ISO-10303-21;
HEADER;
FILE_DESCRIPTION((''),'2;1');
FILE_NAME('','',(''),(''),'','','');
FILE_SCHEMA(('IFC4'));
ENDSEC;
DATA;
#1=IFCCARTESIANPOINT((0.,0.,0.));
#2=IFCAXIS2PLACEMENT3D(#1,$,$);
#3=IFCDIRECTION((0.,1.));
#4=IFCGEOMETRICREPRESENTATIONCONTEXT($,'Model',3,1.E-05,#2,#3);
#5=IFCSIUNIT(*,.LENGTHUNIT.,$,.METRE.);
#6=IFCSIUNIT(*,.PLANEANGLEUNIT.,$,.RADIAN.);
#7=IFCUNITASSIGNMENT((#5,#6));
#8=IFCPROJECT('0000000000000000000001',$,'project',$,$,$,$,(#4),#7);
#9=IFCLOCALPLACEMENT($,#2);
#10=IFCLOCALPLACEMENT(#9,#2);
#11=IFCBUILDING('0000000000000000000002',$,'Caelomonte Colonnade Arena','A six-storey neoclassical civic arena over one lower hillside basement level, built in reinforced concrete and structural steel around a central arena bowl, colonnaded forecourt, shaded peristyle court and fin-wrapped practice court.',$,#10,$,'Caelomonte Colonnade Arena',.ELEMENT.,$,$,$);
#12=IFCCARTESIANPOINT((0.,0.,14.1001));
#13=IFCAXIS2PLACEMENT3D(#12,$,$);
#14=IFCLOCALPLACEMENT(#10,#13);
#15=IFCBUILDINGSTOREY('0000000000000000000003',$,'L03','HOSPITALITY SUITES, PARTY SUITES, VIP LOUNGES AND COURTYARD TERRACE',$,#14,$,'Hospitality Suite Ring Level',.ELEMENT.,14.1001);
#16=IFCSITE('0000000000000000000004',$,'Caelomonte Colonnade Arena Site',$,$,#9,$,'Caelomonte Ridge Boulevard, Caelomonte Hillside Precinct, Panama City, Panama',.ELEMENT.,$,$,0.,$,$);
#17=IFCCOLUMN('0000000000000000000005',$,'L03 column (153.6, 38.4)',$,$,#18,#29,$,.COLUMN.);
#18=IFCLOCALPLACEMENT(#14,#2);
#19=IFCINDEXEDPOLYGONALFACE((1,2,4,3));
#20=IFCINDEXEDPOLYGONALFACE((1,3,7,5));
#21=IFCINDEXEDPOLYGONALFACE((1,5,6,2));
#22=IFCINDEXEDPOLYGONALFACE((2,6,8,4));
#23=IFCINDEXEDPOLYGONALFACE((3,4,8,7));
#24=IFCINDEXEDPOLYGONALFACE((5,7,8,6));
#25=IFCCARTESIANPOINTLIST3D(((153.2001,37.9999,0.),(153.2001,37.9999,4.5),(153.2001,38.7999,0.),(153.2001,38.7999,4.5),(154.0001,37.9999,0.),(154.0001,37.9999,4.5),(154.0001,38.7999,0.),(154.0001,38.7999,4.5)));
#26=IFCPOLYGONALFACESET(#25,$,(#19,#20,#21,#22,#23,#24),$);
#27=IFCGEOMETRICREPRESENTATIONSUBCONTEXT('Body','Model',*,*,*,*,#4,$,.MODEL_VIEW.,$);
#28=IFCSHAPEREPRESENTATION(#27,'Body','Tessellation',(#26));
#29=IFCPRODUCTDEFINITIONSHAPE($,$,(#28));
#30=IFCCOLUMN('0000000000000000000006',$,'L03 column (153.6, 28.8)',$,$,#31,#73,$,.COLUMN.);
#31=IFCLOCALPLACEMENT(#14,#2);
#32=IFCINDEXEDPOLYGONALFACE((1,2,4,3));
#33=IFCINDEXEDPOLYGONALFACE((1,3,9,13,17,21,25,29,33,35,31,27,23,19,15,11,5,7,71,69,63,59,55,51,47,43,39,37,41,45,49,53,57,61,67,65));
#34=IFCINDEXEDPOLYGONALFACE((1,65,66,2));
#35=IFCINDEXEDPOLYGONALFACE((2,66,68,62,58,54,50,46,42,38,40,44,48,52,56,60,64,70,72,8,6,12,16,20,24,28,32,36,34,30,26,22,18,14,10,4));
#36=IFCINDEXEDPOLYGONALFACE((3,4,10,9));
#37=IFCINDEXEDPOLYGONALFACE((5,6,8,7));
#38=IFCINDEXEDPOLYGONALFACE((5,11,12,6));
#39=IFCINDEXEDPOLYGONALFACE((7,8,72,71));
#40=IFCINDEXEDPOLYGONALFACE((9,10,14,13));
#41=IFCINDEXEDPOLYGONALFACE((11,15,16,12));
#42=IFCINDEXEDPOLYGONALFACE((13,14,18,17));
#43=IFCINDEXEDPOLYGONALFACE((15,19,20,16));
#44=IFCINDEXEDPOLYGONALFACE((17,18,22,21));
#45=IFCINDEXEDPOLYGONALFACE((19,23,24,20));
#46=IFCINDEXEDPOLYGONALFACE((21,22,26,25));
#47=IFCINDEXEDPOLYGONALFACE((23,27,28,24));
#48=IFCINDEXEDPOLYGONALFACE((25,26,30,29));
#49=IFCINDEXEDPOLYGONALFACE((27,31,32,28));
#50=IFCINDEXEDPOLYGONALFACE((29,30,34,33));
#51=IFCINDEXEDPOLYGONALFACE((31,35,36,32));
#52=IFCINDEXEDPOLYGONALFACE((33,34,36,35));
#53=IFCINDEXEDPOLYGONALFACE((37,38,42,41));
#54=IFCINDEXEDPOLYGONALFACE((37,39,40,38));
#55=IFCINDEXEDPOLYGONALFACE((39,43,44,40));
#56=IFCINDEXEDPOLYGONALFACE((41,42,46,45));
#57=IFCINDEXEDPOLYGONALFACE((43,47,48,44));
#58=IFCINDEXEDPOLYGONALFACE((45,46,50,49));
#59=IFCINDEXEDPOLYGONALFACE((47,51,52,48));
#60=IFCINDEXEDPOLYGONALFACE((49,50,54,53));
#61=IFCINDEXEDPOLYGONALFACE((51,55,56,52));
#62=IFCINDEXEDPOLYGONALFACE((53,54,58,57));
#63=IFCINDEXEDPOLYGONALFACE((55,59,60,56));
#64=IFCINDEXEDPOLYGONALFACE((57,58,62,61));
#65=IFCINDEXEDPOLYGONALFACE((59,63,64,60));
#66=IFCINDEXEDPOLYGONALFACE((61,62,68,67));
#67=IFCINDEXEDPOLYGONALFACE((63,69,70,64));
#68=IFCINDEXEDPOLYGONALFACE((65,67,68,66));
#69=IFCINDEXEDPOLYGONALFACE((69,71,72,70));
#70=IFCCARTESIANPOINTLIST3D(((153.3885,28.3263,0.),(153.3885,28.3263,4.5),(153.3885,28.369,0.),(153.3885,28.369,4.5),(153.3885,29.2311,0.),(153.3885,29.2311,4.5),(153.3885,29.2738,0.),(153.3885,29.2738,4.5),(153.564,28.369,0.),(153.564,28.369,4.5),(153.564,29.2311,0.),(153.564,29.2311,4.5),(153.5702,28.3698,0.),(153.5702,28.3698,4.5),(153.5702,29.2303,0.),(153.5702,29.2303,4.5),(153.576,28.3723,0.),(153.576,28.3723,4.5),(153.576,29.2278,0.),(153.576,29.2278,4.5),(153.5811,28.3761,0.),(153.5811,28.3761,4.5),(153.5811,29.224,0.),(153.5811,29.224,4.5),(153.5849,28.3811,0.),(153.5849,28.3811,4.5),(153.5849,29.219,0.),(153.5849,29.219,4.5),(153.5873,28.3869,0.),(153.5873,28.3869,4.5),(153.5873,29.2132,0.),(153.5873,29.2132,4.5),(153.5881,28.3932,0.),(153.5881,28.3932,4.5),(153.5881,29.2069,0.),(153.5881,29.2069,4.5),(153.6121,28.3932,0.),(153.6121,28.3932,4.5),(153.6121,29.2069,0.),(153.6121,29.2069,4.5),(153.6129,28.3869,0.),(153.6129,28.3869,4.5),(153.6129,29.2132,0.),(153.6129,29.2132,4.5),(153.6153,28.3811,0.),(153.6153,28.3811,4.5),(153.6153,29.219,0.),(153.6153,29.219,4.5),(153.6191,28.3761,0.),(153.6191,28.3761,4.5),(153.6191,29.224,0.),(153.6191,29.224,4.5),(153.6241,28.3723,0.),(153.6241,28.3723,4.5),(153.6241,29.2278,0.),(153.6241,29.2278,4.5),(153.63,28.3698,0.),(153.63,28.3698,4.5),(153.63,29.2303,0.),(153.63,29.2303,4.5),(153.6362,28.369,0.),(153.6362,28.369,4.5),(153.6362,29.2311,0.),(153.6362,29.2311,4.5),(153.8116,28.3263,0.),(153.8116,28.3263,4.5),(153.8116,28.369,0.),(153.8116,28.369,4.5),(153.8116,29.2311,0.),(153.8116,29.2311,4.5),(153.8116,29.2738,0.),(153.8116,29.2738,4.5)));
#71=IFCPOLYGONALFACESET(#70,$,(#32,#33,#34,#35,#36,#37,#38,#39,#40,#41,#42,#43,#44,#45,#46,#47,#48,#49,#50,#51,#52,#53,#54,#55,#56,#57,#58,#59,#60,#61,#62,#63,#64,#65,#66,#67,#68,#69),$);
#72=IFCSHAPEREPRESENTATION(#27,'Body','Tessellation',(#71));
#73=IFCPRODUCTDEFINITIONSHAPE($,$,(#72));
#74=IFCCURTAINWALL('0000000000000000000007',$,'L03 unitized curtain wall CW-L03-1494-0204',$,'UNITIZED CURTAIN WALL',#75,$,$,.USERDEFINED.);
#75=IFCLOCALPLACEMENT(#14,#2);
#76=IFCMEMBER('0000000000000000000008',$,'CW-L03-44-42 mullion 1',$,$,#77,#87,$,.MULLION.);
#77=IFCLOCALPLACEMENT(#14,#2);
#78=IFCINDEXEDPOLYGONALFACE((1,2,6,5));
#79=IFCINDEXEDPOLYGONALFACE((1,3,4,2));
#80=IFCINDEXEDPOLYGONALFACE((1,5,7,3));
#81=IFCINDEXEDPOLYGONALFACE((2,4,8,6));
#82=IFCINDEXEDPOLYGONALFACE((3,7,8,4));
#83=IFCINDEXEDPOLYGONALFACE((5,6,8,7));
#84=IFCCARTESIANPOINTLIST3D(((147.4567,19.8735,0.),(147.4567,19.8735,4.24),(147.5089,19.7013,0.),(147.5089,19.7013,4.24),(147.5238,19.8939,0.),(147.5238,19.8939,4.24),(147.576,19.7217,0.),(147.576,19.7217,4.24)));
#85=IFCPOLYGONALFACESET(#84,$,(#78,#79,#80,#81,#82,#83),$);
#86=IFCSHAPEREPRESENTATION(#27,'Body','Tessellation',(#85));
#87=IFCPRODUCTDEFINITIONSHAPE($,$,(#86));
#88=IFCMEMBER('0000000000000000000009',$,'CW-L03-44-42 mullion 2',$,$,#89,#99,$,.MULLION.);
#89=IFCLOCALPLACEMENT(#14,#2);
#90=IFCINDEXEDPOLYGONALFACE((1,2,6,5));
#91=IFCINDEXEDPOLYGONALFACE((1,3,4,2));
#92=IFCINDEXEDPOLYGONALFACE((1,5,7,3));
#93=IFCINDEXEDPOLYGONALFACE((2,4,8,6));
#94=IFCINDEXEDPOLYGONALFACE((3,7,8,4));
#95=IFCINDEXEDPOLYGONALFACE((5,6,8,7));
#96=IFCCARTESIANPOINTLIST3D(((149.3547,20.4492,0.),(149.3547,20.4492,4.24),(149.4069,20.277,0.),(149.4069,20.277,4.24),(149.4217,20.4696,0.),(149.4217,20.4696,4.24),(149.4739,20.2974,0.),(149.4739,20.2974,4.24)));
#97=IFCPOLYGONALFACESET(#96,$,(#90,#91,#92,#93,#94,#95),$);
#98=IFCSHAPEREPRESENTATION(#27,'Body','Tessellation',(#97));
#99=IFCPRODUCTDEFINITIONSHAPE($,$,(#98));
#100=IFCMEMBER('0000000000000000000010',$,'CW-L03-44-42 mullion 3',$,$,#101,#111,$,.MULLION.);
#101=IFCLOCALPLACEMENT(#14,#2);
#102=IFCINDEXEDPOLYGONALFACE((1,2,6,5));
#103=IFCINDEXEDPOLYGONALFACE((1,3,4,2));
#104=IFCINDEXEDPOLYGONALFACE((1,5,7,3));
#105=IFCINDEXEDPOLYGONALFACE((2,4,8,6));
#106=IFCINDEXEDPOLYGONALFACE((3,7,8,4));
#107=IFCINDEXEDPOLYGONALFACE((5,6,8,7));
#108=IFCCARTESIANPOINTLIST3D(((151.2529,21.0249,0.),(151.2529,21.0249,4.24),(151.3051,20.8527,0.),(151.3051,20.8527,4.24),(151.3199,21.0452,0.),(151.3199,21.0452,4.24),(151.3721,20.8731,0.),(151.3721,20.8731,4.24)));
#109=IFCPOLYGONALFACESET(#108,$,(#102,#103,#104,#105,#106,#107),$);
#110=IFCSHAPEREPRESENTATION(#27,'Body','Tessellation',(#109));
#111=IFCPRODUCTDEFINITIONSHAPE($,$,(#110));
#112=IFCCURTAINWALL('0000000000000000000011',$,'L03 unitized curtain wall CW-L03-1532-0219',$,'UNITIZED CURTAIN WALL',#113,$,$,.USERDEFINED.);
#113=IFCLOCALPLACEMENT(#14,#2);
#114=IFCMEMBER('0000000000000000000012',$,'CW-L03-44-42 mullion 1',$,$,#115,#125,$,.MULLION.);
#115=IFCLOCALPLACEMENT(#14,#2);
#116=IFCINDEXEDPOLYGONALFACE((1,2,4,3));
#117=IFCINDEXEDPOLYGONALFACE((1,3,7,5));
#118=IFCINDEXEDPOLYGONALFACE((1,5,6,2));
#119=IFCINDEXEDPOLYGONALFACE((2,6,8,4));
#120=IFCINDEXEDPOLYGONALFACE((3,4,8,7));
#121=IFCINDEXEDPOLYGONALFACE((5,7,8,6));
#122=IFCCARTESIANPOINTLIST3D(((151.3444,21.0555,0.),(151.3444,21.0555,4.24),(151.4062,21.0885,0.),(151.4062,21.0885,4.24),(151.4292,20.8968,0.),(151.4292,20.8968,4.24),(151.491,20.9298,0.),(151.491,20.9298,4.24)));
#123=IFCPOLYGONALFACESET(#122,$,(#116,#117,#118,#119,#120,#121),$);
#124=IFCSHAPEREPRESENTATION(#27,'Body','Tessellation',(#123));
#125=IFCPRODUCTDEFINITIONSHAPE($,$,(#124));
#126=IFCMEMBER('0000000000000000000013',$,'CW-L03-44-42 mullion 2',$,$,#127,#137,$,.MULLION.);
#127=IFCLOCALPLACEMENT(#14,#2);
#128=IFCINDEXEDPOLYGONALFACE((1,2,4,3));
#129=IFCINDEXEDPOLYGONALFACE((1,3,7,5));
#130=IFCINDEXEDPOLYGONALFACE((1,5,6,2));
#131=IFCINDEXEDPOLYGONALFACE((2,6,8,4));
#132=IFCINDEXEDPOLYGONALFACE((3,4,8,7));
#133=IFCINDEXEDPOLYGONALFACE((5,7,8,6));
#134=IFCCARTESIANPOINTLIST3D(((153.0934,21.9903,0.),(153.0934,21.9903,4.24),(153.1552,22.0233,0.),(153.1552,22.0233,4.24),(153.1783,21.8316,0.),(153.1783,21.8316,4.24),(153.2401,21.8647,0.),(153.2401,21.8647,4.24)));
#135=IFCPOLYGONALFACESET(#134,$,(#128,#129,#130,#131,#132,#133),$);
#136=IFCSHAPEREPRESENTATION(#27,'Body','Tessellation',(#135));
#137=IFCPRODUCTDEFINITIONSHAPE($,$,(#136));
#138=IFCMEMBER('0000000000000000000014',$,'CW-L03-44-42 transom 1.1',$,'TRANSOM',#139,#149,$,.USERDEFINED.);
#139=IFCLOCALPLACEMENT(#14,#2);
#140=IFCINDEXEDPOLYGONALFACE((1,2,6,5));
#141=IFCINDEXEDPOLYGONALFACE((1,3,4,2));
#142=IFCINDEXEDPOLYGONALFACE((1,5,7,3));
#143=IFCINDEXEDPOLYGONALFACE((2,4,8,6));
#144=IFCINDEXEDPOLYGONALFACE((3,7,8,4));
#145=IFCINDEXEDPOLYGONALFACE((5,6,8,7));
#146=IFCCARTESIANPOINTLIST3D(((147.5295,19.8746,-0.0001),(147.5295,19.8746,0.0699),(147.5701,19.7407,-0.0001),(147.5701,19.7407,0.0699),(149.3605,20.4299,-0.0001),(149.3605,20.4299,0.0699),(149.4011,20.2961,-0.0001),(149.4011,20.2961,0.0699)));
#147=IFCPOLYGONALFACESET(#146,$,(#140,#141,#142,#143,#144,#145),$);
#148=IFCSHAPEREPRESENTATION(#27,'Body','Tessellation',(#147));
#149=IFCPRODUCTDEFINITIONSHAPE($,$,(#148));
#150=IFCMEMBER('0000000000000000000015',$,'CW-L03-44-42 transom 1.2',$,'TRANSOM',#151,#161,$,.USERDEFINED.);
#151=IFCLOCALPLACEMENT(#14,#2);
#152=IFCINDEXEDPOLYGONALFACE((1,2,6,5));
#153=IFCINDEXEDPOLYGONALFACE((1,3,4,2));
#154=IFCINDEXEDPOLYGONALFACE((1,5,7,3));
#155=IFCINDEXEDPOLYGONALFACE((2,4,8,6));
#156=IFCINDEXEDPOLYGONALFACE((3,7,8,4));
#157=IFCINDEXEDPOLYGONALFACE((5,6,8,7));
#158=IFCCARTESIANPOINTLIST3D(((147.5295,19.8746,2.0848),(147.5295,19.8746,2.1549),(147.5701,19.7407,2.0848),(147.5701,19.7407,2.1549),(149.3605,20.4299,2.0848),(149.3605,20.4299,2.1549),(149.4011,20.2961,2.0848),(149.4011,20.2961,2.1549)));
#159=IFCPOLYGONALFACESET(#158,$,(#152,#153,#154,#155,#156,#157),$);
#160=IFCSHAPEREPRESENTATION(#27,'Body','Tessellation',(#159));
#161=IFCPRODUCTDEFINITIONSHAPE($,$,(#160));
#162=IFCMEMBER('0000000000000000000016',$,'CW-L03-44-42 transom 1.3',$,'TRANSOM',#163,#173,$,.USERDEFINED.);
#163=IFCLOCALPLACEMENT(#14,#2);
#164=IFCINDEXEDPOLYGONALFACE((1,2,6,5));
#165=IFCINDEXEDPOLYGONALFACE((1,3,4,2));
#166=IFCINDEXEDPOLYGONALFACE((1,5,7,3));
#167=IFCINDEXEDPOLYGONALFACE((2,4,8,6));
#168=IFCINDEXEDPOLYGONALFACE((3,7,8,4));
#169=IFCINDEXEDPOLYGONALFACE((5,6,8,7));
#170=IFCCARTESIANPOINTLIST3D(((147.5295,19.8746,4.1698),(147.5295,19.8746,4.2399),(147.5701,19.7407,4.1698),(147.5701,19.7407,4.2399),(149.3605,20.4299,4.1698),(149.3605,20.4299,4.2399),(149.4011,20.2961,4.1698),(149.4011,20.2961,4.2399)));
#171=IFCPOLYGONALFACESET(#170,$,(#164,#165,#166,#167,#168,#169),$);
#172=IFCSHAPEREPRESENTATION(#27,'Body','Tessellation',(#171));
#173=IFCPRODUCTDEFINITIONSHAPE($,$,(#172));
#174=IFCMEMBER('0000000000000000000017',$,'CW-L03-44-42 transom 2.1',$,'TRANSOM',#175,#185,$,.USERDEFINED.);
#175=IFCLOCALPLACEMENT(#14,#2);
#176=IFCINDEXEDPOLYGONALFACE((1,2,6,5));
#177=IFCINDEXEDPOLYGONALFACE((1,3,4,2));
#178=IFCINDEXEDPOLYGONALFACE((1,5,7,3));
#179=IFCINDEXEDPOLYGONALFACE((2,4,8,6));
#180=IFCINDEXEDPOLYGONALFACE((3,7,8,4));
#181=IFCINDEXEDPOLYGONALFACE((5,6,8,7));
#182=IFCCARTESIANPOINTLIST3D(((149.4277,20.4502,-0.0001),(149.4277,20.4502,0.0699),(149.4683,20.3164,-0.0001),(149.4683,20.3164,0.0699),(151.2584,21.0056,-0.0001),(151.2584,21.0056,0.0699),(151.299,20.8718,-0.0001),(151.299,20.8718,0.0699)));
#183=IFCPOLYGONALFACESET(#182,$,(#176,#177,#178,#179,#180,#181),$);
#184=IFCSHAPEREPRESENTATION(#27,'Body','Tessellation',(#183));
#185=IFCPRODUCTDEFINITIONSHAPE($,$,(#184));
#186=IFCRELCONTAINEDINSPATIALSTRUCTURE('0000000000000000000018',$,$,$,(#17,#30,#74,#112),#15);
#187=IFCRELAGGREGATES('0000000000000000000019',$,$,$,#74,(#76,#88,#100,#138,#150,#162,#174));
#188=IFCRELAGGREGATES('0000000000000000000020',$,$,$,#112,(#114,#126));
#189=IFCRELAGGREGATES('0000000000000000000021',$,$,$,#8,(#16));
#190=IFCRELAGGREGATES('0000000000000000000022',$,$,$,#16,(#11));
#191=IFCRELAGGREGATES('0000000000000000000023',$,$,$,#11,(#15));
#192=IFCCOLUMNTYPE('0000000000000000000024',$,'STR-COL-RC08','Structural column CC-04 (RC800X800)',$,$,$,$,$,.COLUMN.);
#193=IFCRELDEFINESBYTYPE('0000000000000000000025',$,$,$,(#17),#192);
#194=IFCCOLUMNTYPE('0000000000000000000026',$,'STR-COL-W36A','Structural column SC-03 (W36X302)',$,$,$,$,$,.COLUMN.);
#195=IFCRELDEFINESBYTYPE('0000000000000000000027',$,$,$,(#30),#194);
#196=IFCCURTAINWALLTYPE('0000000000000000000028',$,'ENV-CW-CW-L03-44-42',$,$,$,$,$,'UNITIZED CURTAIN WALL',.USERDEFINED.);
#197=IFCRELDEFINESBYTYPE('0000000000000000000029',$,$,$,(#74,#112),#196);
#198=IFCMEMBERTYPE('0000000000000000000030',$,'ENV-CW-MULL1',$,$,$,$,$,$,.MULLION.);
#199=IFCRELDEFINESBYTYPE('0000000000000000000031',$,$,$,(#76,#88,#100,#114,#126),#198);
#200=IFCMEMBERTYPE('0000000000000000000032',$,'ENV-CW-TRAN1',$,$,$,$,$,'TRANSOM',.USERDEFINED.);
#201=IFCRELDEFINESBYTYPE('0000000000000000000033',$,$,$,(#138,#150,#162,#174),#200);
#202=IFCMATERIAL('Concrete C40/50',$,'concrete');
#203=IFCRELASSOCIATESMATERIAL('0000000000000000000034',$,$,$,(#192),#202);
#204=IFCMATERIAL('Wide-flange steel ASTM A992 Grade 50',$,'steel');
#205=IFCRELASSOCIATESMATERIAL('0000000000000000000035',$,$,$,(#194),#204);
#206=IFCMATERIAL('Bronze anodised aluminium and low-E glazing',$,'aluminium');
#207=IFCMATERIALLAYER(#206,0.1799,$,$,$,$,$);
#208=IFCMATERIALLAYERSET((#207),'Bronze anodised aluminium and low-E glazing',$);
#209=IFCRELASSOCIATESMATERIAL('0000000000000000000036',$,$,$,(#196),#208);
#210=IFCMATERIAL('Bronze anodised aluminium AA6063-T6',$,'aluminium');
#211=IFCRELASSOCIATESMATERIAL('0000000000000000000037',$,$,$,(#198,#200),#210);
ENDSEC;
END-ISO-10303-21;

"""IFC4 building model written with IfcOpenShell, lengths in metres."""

from ifc_helpers import new_model, si_unit, direction, frame, origin, origin_2d, place, context, subcontext, project, spatial, rectangle, i_section, extrude, material, layer, layer_set, material_profile, profile_set, type_object, element, aggregate, save


model = new_model("IFC4")

# Units and contexts
model_context = context("Model", 3, precision=1e-05, world=origin(), true_north=direction((0.0, 1.0)))
body_context = subcontext(model_context, "Body", "Model", "MODEL_VIEW")
ifc_project = project(units=[si_unit("LENGTHUNIT", "METRE"), si_unit("PLANEANGLEUNIT", "RADIAN")], contexts=[model_context])

# Site, building, storey
site_placement = place(None, origin())
site = spatial("IfcSite", under=ifc_project, at=site_placement, Name="Caelomonte Colonnade Arena Site", LongName="Caelomonte Ridge Boulevard, Caelomonte Hillside Precinct, Panama City, Panama", CompositionType="ELEMENT", RefElevation=0.0)
building_placement = place(site_placement, origin())
building = spatial("IfcBuilding", under=site, at=building_placement, Name="Caelomonte Colonnade Arena", Description="A six-storey neoclassical civic arena over one lower hillside basement level, built in reinforced concrete and structural steel around a central arena bowl, colonnaded forecourt, shaded peristyle court and fin-wrapped practice court.", LongName="Caelomonte Colonnade Arena", CompositionType="ELEMENT")
storey_placement = place(building_placement, frame((0.0, 0.0, 14.1001)))
storey = spatial("IfcBuildingStorey", under=building, at=storey_placement, Name="L03", Description="HOSPITALITY SUITES, PARTY SUITES, VIP LOUNGES AND COURTYARD TERRACE", LongName="Hospitality Suite Ring Level", CompositionType="ELEMENT", Elevation=14.1001)

# Columns
ifc_material_1 = material(Name="Concrete C40/50", Category="concrete")
ifc_material_profile_1 = material_profile(ifc_material_1, rectangle(XDim=0.8, YDim=0.8, at=origin_2d()), Name="RC800X800")
ifc_profile_set_1 = profile_set([ifc_material_profile_1], Name="Concrete C40/50")
column_type_1 = type_object("IfcColumnType", Name="STR-COL-RC08", Description="Structural column CC-04 (RC800X800)", PredefinedType="COLUMN", material=ifc_profile_set_1)
column_1_placement = place(storey_placement, frame((153.6001, 38.3999, 0.0), z_axis=(0.0, 0.0, 1.0), x_axis=(1.0, 0.0, 0.0)))
element("IfcColumn", 1, at=column_1_placement, inside=storey, type_object=column_type_1, Name="L03 column (153.6, 38.4)", PredefinedType="COLUMN", context=body_context, shape_type="SweptSolid", body=[
    extrude(rectangle(XDim=0.8, YDim=0.8, at=origin_2d()), origin(), (0.0, 0.0, 1.0), 4.5),
])
ifc_material_2 = material(Name="Wide-flange steel ASTM A992 Grade 50", Category="steel")
ifc_material_profile_2 = material_profile(ifc_material_2, i_section(OverallWidth=0.4231, OverallDepth=0.9475, WebThickness=0.0239, FlangeThickness=0.0427, FilletRadius=0.0242, at=origin_2d()), Name="W36X302")
ifc_profile_set_2 = profile_set([ifc_material_profile_2], Name="Wide-flange steel ASTM A992 Grade 50")
column_type_2 = type_object("IfcColumnType", Name="STR-COL-W36A", Description="Structural column SC-03 (W36X302)", PredefinedType="COLUMN", material=ifc_profile_set_2)
column_2_placement = place(storey_placement, frame((153.6001, 28.8, 0.0), z_axis=(0.0, 0.0, 1.0), x_axis=(1.0, 0.0, 0.0)))
element("IfcColumn", 2, at=column_2_placement, inside=storey, type_object=column_type_2, Name="L03 column (153.6, 28.8)", PredefinedType="COLUMN", context=body_context, shape_type="SweptSolid", body=[
    extrude(i_section(OverallWidth=0.4231, OverallDepth=0.9475, WebThickness=0.0239, FlangeThickness=0.0427, FilletRadius=0.0242, at=origin_2d()), origin(), (0.0, 0.0, 1.0), 4.5),
])

# Curtain walls, members
ifc_material_3 = material(Name="Bronze anodised aluminium and low-E glazing", Category="aluminium")
ifc_layer_1 = layer(ifc_material_3, 0.1799)
ifc_layer_set_1 = layer_set([ifc_layer_1], Name="Bronze anodised aluminium and low-E glazing")
curtain_wall_type = type_object("IfcCurtainWallType", Name="ENV-CW-CW-L03-44-42", ElementType="UNITIZED CURTAIN WALL", PredefinedType="USERDEFINED", material=ifc_layer_set_1)
curtain_wall_1_placement = place(storey_placement, origin())
curtain_wall_1 = element("IfcCurtainWall", 3, at=curtain_wall_1_placement, inside=storey, type_object=curtain_wall_type, Name="L03 unitized curtain wall CW-L03-1494-0204", ObjectType="UNITIZED CURTAIN WALL", PredefinedType="USERDEFINED")
ifc_material_4 = material(Name="Bronze anodised aluminium AA6063-T6", Category="aluminium")
ifc_material_profile_3 = material_profile(ifc_material_4, rectangle(XDim=0.0701, YDim=0.1799, at=origin_2d()), Name="CWM-70X180")
ifc_profile_set_3 = profile_set([ifc_material_profile_3], Name="Bronze anodised aluminium AA6063-T6")
member_type_1 = type_object("IfcMemberType", Name="ENV-CW-MULL1", PredefinedType="MULLION", material=ifc_profile_set_3)
member_1_placement = place(storey_placement, frame((147.5164, 19.7976, 0.0), z_axis=(0.0, 0.0, 1.0), x_axis=(0.956949, 0.290256, 0.0)))
member_1 = element("IfcMember", 4, at=member_1_placement, type_object=member_type_1, Name="CW-L03-44-42 mullion 1", PredefinedType="MULLION", context=body_context, shape_type="SweptSolid", body=[
    extrude(rectangle(XDim=0.0701, YDim=0.1799, at=origin_2d()), origin(), (0.0, 0.0, 1.0), 4.24),
])
member_2_placement = place(storey_placement, frame((149.4143, 20.3733, 0.0), z_axis=(0.0, 0.0, 1.0), x_axis=(0.956949, 0.290256, 0.0)))
member_2 = element("IfcMember", 5, at=member_2_placement, type_object=member_type_1, Name="CW-L03-44-42 mullion 2", PredefinedType="MULLION", context=body_context, shape_type="SweptSolid", body=[
    extrude(rectangle(XDim=0.0701, YDim=0.1799, at=origin_2d()), origin(), (0.0, 0.0, 1.0), 4.24),
])
member_3_placement = place(storey_placement, frame((151.3125, 20.949, 0.0), z_axis=(0.0, 0.0, 1.0), x_axis=(0.956949, 0.290256, 0.0)))
member_3 = element("IfcMember", 6, at=member_3_placement, type_object=member_type_1, Name="CW-L03-44-42 mullion 3", PredefinedType="MULLION", context=body_context, shape_type="SweptSolid", body=[
    extrude(rectangle(XDim=0.0701, YDim=0.1799, at=origin_2d()), origin(), (0.0, 0.0, 1.0), 4.24),
])
curtain_wall_2_placement = place(storey_placement, origin())
curtain_wall_2 = element("IfcCurtainWall", 7, at=curtain_wall_2_placement, inside=storey, type_object=curtain_wall_type, Name="L03 unitized curtain wall CW-L03-1532-0219", ObjectType="UNITIZED CURTAIN WALL", PredefinedType="USERDEFINED")
member_4_placement = place(storey_placement, frame((151.4177, 20.9927, 0.0), z_axis=(0.0, 0.0, 1.0), x_axis=(0.881923, 0.471394, 0.0)))
member_4 = element("IfcMember", 8, at=member_4_placement, type_object=member_type_1, Name="CW-L03-44-42 mullion 1", PredefinedType="MULLION", context=body_context, shape_type="SweptSolid", body=[
    extrude(rectangle(XDim=0.0701, YDim=0.1799, at=origin_2d()), origin(), (0.0, 0.0, 1.0), 4.24),
])
member_5_placement = place(storey_placement, frame((153.1667, 21.9275, 0.0), z_axis=(0.0, 0.0, 1.0), x_axis=(0.881923, 0.471394, 0.0)))
member_5 = element("IfcMember", 9, at=member_5_placement, type_object=member_type_1, Name="CW-L03-44-42 mullion 2", PredefinedType="MULLION", context=body_context, shape_type="SweptSolid", body=[
    extrude(rectangle(XDim=0.0701, YDim=0.1799, at=origin_2d()), origin(), (0.0, 0.0, 1.0), 4.24),
])

# Members
ifc_material_profile_4 = material_profile(ifc_material_4, rectangle(XDim=0.0701, YDim=0.1399, at=origin_2d()), Name="CWT-70X140")
ifc_profile_set_4 = profile_set([ifc_material_profile_4], Name="Bronze anodised aluminium AA6063-T6")
member_type_2 = type_object("IfcMemberType", Name="ENV-CW-TRAN1", ElementType="TRANSOM", PredefinedType="USERDEFINED", material=ifc_profile_set_4)
member_6_placement = place(storey_placement, frame((147.5498, 19.8076, 0.0349), z_axis=(0.956944, 0.290273, 0.0), x_axis=(0.0, 0.0, 1.0)))
member_6 = element("IfcMember", 10, at=member_6_placement, type_object=member_type_2, Name="CW-L03-44-42 transom 1.1", ObjectType="TRANSOM", PredefinedType="USERDEFINED", context=body_context, shape_type="SweptSolid", body=[
    extrude(rectangle(XDim=0.0701, YDim=0.1399, at=origin_2d()), origin(), (0.0, 0.0, 1.0), 1.9133),
])
member_7_placement = place(storey_placement, frame((147.5498, 19.8076, 2.1199), z_axis=(0.956944, 0.290273, 0.0), x_axis=(0.0, 0.0, 1.0)))
member_7 = element("IfcMember", 11, at=member_7_placement, type_object=member_type_2, Name="CW-L03-44-42 transom 1.2", ObjectType="TRANSOM", PredefinedType="USERDEFINED", context=body_context, shape_type="SweptSolid", body=[
    extrude(rectangle(XDim=0.0701, YDim=0.1399, at=origin_2d()), origin(), (0.0, 0.0, 1.0), 1.9133),
])
member_8_placement = place(storey_placement, frame((147.5498, 19.8076, 4.2048), z_axis=(0.956944, 0.290273, 0.0), x_axis=(0.0, 0.0, 1.0)))
member_8 = element("IfcMember", 12, at=member_8_placement, type_object=member_type_2, Name="CW-L03-44-42 transom 1.3", ObjectType="TRANSOM", PredefinedType="USERDEFINED", context=body_context, shape_type="SweptSolid", body=[
    extrude(rectangle(XDim=0.0701, YDim=0.1399, at=origin_2d()), origin(), (0.0, 0.0, 1.0), 1.9133),
])
member_9_placement = place(storey_placement, frame((149.448, 20.3833, 0.0349), z_axis=(0.956933, 0.290308, 0.0), x_axis=(0.0, 0.0, 1.0)))
member_9 = element("IfcMember", 13, at=member_9_placement, type_object=member_type_2, Name="CW-L03-44-42 transom 2.1", ObjectType="TRANSOM", PredefinedType="USERDEFINED", context=body_context, shape_type="SweptSolid", body=[
    extrude(rectangle(XDim=0.0701, YDim=0.1399, at=origin_2d()), origin(), (0.0, 0.0, 1.0), 1.9131),
])

aggregate(curtain_wall_1, [member_1, member_2, member_3, member_6, member_7, member_8, member_9])
aggregate(curtain_wall_2, [member_4, member_5])

save(model, "model.ifc")
